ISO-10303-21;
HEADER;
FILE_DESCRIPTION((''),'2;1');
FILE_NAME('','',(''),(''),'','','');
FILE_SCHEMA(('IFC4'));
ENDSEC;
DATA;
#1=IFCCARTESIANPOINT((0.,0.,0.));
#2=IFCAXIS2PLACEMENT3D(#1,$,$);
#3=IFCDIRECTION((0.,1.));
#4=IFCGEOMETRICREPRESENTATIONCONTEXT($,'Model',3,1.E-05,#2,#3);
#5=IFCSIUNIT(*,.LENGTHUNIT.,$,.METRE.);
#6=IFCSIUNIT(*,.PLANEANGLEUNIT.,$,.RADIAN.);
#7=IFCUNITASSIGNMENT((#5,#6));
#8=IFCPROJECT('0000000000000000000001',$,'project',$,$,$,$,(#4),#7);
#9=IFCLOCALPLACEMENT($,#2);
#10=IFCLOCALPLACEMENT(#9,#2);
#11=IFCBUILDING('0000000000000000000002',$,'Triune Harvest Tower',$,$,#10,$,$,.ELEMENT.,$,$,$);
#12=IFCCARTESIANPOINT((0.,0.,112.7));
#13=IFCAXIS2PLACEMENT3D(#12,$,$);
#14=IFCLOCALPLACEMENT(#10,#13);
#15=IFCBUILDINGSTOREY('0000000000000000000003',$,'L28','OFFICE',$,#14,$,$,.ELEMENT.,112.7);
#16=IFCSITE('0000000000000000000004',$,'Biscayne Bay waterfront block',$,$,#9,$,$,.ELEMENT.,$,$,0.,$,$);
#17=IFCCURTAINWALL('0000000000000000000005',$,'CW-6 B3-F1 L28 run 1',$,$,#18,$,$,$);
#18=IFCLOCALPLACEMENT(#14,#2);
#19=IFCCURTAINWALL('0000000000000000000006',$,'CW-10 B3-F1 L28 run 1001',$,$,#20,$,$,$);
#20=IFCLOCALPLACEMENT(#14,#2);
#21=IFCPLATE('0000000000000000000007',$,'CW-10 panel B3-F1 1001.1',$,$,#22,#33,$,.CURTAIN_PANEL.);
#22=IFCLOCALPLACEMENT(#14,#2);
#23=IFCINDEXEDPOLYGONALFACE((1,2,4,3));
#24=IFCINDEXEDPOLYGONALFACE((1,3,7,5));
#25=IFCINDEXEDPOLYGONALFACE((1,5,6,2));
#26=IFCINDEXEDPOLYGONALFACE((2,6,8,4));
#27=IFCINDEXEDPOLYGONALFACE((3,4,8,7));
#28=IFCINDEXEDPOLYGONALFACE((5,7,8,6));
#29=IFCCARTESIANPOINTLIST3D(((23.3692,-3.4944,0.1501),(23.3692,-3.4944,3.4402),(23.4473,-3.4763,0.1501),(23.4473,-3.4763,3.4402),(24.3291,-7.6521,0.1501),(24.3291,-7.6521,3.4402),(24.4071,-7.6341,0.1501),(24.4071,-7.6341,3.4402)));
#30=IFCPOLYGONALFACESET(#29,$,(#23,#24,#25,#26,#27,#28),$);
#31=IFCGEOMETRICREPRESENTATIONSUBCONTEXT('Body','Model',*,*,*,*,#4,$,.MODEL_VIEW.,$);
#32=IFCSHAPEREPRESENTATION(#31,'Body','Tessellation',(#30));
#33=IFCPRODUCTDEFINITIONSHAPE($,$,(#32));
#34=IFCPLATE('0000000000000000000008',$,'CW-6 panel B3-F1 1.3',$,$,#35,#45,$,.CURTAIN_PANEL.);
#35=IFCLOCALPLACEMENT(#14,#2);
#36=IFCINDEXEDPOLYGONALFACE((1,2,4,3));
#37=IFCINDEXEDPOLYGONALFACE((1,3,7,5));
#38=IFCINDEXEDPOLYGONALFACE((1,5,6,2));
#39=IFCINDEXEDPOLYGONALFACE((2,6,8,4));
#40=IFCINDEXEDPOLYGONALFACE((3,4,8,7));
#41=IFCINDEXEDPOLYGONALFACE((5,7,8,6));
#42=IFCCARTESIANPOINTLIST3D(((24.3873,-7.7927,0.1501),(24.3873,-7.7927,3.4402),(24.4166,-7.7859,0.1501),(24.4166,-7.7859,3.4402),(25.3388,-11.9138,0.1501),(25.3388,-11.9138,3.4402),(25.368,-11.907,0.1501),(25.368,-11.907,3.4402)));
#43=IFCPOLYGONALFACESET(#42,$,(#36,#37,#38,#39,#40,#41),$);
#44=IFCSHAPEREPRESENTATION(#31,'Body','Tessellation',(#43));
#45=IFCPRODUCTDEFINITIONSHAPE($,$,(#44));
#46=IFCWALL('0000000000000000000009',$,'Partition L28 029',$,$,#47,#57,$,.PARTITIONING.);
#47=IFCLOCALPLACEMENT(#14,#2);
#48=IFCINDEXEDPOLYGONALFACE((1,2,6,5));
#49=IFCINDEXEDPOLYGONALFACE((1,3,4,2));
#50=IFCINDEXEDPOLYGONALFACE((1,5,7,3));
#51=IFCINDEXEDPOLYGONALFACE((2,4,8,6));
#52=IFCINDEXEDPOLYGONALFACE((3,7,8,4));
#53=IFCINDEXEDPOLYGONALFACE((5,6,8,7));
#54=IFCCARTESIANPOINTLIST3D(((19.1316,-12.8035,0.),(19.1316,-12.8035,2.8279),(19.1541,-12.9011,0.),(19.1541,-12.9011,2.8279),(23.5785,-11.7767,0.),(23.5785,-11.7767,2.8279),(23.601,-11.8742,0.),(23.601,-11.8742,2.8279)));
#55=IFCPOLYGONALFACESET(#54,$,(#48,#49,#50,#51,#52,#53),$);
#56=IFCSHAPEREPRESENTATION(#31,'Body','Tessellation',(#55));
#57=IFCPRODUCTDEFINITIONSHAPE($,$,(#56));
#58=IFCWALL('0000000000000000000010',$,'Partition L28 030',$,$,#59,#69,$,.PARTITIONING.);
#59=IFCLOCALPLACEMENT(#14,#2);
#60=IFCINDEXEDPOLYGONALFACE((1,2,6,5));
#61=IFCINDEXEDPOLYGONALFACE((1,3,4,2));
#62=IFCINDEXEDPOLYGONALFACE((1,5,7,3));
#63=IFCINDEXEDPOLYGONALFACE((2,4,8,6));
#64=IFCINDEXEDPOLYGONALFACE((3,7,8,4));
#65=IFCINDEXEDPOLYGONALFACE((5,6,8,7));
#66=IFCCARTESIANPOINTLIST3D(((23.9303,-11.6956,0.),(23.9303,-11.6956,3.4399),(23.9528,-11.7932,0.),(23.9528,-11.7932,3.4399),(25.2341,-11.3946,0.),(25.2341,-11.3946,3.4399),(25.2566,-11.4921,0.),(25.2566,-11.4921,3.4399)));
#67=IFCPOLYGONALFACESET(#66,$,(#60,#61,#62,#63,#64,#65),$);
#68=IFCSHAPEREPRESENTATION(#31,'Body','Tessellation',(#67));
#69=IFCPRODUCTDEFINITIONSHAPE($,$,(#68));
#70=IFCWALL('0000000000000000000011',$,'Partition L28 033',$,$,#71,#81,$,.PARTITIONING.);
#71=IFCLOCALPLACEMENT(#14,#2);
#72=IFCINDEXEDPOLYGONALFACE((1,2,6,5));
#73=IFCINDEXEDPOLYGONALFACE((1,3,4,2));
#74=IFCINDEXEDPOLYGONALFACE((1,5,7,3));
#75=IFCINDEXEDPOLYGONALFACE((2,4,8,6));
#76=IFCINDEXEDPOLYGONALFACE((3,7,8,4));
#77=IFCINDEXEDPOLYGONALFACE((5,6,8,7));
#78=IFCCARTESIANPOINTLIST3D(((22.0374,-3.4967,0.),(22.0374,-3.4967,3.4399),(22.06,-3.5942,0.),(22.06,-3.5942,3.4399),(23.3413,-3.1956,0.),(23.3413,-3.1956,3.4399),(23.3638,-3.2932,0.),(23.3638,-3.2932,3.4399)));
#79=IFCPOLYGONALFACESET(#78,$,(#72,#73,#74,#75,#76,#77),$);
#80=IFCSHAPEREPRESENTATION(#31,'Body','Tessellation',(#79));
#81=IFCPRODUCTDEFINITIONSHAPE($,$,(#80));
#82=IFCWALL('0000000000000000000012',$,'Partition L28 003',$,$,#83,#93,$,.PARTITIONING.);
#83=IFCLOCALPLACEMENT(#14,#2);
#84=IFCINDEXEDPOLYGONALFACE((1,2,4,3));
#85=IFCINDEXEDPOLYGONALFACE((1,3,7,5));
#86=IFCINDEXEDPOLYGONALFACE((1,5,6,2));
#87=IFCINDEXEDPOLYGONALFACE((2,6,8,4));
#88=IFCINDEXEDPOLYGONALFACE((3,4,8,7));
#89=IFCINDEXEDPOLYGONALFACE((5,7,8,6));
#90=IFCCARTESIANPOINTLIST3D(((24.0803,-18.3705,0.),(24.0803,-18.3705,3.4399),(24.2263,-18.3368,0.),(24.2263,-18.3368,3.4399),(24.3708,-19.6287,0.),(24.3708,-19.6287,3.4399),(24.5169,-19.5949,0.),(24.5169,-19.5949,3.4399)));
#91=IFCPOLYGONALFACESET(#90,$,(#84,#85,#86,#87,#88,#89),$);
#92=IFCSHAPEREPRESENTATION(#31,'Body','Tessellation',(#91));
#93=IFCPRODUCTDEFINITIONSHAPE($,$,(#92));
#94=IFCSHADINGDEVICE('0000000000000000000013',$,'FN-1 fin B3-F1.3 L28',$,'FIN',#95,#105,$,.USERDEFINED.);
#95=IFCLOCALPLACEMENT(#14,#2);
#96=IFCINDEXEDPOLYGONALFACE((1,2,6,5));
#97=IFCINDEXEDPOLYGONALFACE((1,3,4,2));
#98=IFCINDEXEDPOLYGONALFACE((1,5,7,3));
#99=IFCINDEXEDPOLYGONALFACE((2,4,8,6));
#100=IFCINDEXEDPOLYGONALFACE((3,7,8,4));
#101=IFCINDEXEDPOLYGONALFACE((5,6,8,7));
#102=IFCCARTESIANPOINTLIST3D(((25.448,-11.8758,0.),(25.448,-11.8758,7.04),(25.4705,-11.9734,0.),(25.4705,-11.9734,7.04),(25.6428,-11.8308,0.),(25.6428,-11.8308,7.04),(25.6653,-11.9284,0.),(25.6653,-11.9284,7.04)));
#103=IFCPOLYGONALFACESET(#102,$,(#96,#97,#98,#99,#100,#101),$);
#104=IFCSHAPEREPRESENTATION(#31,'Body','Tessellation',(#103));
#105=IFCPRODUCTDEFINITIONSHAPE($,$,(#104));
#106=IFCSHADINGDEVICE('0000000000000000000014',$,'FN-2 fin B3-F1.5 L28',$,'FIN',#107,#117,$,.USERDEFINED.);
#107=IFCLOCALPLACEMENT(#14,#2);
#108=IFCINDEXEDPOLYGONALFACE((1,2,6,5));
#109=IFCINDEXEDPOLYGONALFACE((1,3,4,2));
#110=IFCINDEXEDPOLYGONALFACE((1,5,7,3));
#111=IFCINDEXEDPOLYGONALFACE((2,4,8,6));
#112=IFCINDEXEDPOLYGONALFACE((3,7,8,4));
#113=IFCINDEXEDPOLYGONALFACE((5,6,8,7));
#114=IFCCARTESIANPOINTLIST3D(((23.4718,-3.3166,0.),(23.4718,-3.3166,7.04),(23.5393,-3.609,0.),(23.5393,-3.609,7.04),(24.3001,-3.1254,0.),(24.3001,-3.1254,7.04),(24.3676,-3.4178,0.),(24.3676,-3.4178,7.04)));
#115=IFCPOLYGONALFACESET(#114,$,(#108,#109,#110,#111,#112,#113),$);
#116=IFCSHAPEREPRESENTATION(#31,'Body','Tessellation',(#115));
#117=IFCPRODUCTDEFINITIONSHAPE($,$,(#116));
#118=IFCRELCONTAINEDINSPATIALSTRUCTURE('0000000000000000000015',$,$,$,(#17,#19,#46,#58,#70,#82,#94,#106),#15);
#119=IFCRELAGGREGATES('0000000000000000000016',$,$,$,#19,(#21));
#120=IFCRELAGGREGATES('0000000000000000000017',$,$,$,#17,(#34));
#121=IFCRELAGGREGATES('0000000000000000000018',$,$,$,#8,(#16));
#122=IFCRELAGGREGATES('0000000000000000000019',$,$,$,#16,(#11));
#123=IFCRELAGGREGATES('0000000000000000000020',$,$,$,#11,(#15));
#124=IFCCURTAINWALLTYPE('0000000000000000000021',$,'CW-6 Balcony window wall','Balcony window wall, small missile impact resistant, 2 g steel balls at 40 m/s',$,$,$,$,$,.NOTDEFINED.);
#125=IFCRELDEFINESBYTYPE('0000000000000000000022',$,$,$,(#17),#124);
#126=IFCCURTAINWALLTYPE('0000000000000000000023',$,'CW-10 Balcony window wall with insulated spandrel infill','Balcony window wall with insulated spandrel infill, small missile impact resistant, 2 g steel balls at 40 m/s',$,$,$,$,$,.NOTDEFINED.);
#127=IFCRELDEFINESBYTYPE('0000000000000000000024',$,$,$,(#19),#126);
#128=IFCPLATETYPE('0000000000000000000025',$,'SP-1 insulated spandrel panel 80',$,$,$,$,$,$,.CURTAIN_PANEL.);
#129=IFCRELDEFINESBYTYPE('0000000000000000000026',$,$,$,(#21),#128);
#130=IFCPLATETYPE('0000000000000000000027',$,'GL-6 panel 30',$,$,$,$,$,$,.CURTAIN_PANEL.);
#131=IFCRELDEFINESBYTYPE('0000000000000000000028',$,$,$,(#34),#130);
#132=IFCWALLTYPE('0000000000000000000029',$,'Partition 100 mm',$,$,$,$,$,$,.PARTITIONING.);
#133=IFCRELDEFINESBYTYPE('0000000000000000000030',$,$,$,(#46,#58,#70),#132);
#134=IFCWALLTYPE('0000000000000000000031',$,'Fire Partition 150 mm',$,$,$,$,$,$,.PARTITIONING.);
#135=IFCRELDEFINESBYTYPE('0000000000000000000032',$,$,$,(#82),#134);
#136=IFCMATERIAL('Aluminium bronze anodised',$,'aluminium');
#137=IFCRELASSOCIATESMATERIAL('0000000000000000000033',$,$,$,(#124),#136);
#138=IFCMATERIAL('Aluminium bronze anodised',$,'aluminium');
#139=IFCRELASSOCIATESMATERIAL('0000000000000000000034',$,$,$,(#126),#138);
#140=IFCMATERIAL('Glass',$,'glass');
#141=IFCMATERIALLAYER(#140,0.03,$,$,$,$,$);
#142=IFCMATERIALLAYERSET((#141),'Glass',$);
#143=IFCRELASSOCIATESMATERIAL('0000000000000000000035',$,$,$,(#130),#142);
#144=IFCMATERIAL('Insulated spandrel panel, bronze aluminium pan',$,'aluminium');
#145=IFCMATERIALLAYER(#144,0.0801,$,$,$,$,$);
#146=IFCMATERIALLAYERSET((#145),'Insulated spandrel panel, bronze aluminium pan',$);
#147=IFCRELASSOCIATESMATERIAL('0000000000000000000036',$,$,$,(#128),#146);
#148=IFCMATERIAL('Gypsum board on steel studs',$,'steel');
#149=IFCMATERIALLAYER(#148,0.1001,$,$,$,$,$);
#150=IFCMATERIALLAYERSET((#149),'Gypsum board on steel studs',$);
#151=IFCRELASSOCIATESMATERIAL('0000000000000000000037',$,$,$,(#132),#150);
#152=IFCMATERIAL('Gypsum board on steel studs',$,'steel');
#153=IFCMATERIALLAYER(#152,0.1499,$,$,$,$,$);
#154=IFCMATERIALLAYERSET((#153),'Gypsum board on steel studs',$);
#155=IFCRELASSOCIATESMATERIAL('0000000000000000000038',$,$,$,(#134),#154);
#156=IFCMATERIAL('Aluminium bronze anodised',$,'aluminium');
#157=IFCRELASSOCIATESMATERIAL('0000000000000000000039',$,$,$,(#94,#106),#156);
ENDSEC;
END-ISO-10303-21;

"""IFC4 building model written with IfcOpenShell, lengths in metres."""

from ifc_helpers import new_model, si_unit, direction, frame, frame_2d, origin, origin_2d, place, context, subcontext, project, spatial, rectangle, extrude, source, transform, mapped, material, layer, layer_set, type_object, element, aggregate, save


model = new_model("IFC4")

# Units and contexts
model_context = context("Model", 3, precision=1e-05, world=origin(), true_north=direction((0.0, 1.0)))
body_context = subcontext(model_context, "Body", "Model", "MODEL_VIEW")
ifc_project = project(units=[si_unit("LENGTHUNIT", "METRE"), si_unit("PLANEANGLEUNIT", "RADIAN")], contexts=[model_context])

# Site, building, storey
site_placement = place(None, origin())
site = spatial("IfcSite", under=ifc_project, at=site_placement, Name="Biscayne Bay waterfront block", CompositionType="ELEMENT", RefElevation=0.0)
building_placement = place(site_placement, origin())
building = spatial("IfcBuilding", under=site, at=building_placement, Name="Triune Harvest Tower", CompositionType="ELEMENT")
storey_placement = place(building_placement, frame((0.0, 0.0, 112.7)))
storey = spatial("IfcBuildingStorey", under=building, at=storey_placement, Name="L28", Description="OFFICE", CompositionType="ELEMENT", Elevation=112.7)

# Curtain walls
ifc_material_1 = material(Name="Aluminium bronze anodised", Category="aluminium")
curtain_wall_type_1 = type_object("IfcCurtainWallType", Name="CW-6 Balcony window wall", Description="Balcony window wall, small missile impact resistant, 2 g steel balls at 40 m/s", PredefinedType="NOTDEFINED", material=ifc_material_1)
curtain_wall_1_placement = place(storey_placement, origin())
curtain_wall_1 = element("IfcCurtainWall", 1, at=curtain_wall_1_placement, inside=storey, type_object=curtain_wall_type_1, Name="CW-6 B3-F1 L28 run 1")
ifc_material_2 = material(Name="Aluminium bronze anodised", Category="aluminium")
curtain_wall_type_2 = type_object("IfcCurtainWallType", Name="CW-10 Balcony window wall with insulated spandrel infill", Description="Balcony window wall with insulated spandrel infill, small missile impact resistant, 2 g steel balls at 40 m/s", PredefinedType="NOTDEFINED", material=ifc_material_2)
curtain_wall_2_placement = place(storey_placement, origin())
curtain_wall_2 = element("IfcCurtainWall", 2, at=curtain_wall_2_placement, inside=storey, type_object=curtain_wall_type_2, Name="CW-10 B3-F1 L28 run 1001")

# Plates
ifc_material_3 = material(Name="Glass", Category="glass")
ifc_layer_1 = layer(ifc_material_3, 0.03)
ifc_layer_set_1 = layer_set([ifc_layer_1], Name="Glass")
plate_type_1 = type_object("IfcPlateType", Name="GL-6 panel 30", PredefinedType="CURTAIN_PANEL", material=ifc_layer_set_1)
ifc_material_4 = material(Name="Insulated spandrel panel, bronze aluminium pan", Category="aluminium")
ifc_layer_2 = layer(ifc_material_4, 0.0801)
ifc_layer_set_2 = layer_set([ifc_layer_2], Name="Insulated spandrel panel, bronze aluminium pan")
plate_type_2 = type_object("IfcPlateType", Name="SP-1 insulated spandrel panel 80", PredefinedType="CURTAIN_PANEL", material=ifc_layer_set_2)
shared_shape_1 = source(origin(), body_context, "Body", "SweptSolid", [
    extrude(rectangle(XDim=4.2671, YDim=0.0801, at=origin_2d()), origin(), (0.0, 0.0, 1.0), 3.29),
])
plate_1_placement = place(storey_placement, frame((23.8882, -5.5642, 0.1501), z_axis=(0.0, 0.0, 1.0), x_axis=(-0.224952, 0.97437, 0.0)))
plate_1 = element("IfcPlate", 3, at=plate_1_placement, type_object=plate_type_2, Name="CW-10 panel B3-F1 1001.1", PredefinedType="CURTAIN_PANEL", context=body_context, shape_type="MappedRepresentation", body=[
    mapped(shared_shape_1, transform((0.0, 0.0, 0.0), scale=1.0)),
])
aggregate(curtain_wall_2, [plate_1])
shared_shape_2 = source(origin(), body_context, "Body", "SweptSolid", [
    extrude(rectangle(XDim=4.2295, YDim=0.03, at=origin_2d()), origin(), (0.0, 0.0, 1.0), 3.29),
])
plate_2_placement = place(storey_placement, frame((24.8777, -9.8499, 0.1501), z_axis=(0.0, 0.0, 1.0), x_axis=(-0.22495, 0.97437, 0.0)))
plate_2 = element("IfcPlate", 4, at=plate_2_placement, type_object=plate_type_1, Name="CW-6 panel B3-F1 1.3", PredefinedType="CURTAIN_PANEL", context=body_context, shape_type="MappedRepresentation", body=[
    mapped(shared_shape_2, transform((0.0, 0.0, 0.0), scale=1.0)),
])
aggregate(curtain_wall_1, [plate_2])

# Walls
ifc_material_5 = material(Name="Gypsum board on steel studs", Category="steel")
ifc_layer_3 = layer(ifc_material_5, 0.1001)
ifc_layer_set_3 = layer_set([ifc_layer_3], Name="Gypsum board on steel studs")
wall_type_1 = type_object("IfcWallType", Name="Partition 100 mm", PredefinedType="PARTITIONING", material=ifc_layer_set_3)
wall_1_placement = place(storey_placement, frame((19.1428, -12.8523, 0.0), z_axis=(0.0, 0.0, 1.0), x_axis=(0.974361, 0.224988, 0.0)))
element("IfcWall", 5, at=wall_1_placement, inside=storey, type_object=wall_type_1, Name="Partition L28 029", PredefinedType="PARTITIONING", context=body_context, shape_type="SweptSolid", body=[
    extrude(rectangle(XDim=4.564, YDim=0.1001, at=frame_2d((2.282, 0.0))), origin(), (0.0, 0.0, 1.0), 2.8279),
])
shared_shape_3 = source(origin(), body_context, "Body", "SweptSolid", [
    extrude(rectangle(XDim=1.3381, YDim=0.1001, at=frame_2d((0.6689, 0.0))), origin(), (0.0, 0.0, 1.0), 3.4399),
])
for number, where, z_axis, x_axis, name in (
    (6, (23.9417, -11.7444, 0.0), (0.0, 0.0, 1.0), (0.974364, 0.224979, 0.0), "Partition L28 030"),
    (7, (22.0488, -3.5454, 0.0), (0.0, 0.0, 1.0), (0.974364, 0.224979, 0.0), "Partition L28 033"),
):
    element("IfcWall", number, at=place(storey_placement, frame(where, z_axis=z_axis, x_axis=x_axis)), inside=storey, type_object=wall_type_1, Name=name, PredefinedType="PARTITIONING", context=body_context, shape_type="MappedRepresentation", body=[
        mapped(shared_shape_3, transform((0.0, 0.0, 0.0), scale=1.0)),
    ])
ifc_material_6 = material(Name="Gypsum board on steel studs", Category="steel")
ifc_layer_4 = layer(ifc_material_6, 0.1499)
ifc_layer_set_4 = layer_set([ifc_layer_4], Name="Gypsum board on steel studs")
wall_type_2 = type_object("IfcWallType", Name="Fire Partition 150 mm", PredefinedType="PARTITIONING", material=ifc_layer_set_4)
shared_shape_4 = source(origin(), body_context, "Body", "SweptSolid", [
    extrude(rectangle(XDim=1.2913, YDim=0.1499, at=frame_2d((0.6455, 0.0))), origin(), (0.0, 0.0, 1.0), 3.4399),
])
wall_2_placement = place(storey_placement, frame((24.1533, -18.3538, 0.0), z_axis=(0.0, 0.0, 1.0), x_axis=(0.225011, -0.974356, 0.0)))
element("IfcWall", 8, at=wall_2_placement, inside=storey, type_object=wall_type_2, Name="Partition L28 003", PredefinedType="PARTITIONING", context=body_context, shape_type="MappedRepresentation", body=[
    mapped(shared_shape_4, transform((0.0, 0.0, 0.0), scale=1.0)),
])

# Shading devices
ifc_material_7 = material(Name="Aluminium bronze anodised", Category="aluminium")
shared_shape_5 = source(origin(), body_context, "Body", "SweptSolid", [
    extrude(rectangle(XDim=0.1001, YDim=0.2, at=origin_2d()), origin(), (0.0, 0.0, 1.0), 7.04),
])
shading_device_1_placement = place(storey_placement, frame((25.5566, -11.9021, 0.0), z_axis=(0.0, 0.0, 1.0), x_axis=(-0.224951, 0.97437, 0.0)))
element("IfcShadingDevice", 9, at=shading_device_1_placement, inside=storey, material=ifc_material_7, Name="FN-1 fin B3-F1.3 L28", ObjectType="FIN", PredefinedType="USERDEFINED", context=body_context, shape_type="MappedRepresentation", body=[
    mapped(shared_shape_5, transform((0.0, 0.0, 0.0), scale=1.0)),
])
shared_shape_6 = source(origin(), body_context, "Body", "SweptSolid", [
    extrude(rectangle(XDim=0.3, YDim=0.8501, at=origin_2d()), origin(), (0.0, 0.0, 1.0), 7.04),
])
shading_device_2_placement = place(storey_placement, frame((23.9197, -3.3672, 0.0), z_axis=(0.0, 0.0, 1.0), x_axis=(-0.224951, 0.97437, 0.0)))
element("IfcShadingDevice", 10, at=shading_device_2_placement, inside=storey, material=ifc_material_7, Name="FN-2 fin B3-F1.5 L28", ObjectType="FIN", PredefinedType="USERDEFINED", context=body_context, shape_type="MappedRepresentation", body=[
    mapped(shared_shape_6, transform((0.0, 0.0, 0.0), scale=1.0)),
])

save(model, "model.ifc")
